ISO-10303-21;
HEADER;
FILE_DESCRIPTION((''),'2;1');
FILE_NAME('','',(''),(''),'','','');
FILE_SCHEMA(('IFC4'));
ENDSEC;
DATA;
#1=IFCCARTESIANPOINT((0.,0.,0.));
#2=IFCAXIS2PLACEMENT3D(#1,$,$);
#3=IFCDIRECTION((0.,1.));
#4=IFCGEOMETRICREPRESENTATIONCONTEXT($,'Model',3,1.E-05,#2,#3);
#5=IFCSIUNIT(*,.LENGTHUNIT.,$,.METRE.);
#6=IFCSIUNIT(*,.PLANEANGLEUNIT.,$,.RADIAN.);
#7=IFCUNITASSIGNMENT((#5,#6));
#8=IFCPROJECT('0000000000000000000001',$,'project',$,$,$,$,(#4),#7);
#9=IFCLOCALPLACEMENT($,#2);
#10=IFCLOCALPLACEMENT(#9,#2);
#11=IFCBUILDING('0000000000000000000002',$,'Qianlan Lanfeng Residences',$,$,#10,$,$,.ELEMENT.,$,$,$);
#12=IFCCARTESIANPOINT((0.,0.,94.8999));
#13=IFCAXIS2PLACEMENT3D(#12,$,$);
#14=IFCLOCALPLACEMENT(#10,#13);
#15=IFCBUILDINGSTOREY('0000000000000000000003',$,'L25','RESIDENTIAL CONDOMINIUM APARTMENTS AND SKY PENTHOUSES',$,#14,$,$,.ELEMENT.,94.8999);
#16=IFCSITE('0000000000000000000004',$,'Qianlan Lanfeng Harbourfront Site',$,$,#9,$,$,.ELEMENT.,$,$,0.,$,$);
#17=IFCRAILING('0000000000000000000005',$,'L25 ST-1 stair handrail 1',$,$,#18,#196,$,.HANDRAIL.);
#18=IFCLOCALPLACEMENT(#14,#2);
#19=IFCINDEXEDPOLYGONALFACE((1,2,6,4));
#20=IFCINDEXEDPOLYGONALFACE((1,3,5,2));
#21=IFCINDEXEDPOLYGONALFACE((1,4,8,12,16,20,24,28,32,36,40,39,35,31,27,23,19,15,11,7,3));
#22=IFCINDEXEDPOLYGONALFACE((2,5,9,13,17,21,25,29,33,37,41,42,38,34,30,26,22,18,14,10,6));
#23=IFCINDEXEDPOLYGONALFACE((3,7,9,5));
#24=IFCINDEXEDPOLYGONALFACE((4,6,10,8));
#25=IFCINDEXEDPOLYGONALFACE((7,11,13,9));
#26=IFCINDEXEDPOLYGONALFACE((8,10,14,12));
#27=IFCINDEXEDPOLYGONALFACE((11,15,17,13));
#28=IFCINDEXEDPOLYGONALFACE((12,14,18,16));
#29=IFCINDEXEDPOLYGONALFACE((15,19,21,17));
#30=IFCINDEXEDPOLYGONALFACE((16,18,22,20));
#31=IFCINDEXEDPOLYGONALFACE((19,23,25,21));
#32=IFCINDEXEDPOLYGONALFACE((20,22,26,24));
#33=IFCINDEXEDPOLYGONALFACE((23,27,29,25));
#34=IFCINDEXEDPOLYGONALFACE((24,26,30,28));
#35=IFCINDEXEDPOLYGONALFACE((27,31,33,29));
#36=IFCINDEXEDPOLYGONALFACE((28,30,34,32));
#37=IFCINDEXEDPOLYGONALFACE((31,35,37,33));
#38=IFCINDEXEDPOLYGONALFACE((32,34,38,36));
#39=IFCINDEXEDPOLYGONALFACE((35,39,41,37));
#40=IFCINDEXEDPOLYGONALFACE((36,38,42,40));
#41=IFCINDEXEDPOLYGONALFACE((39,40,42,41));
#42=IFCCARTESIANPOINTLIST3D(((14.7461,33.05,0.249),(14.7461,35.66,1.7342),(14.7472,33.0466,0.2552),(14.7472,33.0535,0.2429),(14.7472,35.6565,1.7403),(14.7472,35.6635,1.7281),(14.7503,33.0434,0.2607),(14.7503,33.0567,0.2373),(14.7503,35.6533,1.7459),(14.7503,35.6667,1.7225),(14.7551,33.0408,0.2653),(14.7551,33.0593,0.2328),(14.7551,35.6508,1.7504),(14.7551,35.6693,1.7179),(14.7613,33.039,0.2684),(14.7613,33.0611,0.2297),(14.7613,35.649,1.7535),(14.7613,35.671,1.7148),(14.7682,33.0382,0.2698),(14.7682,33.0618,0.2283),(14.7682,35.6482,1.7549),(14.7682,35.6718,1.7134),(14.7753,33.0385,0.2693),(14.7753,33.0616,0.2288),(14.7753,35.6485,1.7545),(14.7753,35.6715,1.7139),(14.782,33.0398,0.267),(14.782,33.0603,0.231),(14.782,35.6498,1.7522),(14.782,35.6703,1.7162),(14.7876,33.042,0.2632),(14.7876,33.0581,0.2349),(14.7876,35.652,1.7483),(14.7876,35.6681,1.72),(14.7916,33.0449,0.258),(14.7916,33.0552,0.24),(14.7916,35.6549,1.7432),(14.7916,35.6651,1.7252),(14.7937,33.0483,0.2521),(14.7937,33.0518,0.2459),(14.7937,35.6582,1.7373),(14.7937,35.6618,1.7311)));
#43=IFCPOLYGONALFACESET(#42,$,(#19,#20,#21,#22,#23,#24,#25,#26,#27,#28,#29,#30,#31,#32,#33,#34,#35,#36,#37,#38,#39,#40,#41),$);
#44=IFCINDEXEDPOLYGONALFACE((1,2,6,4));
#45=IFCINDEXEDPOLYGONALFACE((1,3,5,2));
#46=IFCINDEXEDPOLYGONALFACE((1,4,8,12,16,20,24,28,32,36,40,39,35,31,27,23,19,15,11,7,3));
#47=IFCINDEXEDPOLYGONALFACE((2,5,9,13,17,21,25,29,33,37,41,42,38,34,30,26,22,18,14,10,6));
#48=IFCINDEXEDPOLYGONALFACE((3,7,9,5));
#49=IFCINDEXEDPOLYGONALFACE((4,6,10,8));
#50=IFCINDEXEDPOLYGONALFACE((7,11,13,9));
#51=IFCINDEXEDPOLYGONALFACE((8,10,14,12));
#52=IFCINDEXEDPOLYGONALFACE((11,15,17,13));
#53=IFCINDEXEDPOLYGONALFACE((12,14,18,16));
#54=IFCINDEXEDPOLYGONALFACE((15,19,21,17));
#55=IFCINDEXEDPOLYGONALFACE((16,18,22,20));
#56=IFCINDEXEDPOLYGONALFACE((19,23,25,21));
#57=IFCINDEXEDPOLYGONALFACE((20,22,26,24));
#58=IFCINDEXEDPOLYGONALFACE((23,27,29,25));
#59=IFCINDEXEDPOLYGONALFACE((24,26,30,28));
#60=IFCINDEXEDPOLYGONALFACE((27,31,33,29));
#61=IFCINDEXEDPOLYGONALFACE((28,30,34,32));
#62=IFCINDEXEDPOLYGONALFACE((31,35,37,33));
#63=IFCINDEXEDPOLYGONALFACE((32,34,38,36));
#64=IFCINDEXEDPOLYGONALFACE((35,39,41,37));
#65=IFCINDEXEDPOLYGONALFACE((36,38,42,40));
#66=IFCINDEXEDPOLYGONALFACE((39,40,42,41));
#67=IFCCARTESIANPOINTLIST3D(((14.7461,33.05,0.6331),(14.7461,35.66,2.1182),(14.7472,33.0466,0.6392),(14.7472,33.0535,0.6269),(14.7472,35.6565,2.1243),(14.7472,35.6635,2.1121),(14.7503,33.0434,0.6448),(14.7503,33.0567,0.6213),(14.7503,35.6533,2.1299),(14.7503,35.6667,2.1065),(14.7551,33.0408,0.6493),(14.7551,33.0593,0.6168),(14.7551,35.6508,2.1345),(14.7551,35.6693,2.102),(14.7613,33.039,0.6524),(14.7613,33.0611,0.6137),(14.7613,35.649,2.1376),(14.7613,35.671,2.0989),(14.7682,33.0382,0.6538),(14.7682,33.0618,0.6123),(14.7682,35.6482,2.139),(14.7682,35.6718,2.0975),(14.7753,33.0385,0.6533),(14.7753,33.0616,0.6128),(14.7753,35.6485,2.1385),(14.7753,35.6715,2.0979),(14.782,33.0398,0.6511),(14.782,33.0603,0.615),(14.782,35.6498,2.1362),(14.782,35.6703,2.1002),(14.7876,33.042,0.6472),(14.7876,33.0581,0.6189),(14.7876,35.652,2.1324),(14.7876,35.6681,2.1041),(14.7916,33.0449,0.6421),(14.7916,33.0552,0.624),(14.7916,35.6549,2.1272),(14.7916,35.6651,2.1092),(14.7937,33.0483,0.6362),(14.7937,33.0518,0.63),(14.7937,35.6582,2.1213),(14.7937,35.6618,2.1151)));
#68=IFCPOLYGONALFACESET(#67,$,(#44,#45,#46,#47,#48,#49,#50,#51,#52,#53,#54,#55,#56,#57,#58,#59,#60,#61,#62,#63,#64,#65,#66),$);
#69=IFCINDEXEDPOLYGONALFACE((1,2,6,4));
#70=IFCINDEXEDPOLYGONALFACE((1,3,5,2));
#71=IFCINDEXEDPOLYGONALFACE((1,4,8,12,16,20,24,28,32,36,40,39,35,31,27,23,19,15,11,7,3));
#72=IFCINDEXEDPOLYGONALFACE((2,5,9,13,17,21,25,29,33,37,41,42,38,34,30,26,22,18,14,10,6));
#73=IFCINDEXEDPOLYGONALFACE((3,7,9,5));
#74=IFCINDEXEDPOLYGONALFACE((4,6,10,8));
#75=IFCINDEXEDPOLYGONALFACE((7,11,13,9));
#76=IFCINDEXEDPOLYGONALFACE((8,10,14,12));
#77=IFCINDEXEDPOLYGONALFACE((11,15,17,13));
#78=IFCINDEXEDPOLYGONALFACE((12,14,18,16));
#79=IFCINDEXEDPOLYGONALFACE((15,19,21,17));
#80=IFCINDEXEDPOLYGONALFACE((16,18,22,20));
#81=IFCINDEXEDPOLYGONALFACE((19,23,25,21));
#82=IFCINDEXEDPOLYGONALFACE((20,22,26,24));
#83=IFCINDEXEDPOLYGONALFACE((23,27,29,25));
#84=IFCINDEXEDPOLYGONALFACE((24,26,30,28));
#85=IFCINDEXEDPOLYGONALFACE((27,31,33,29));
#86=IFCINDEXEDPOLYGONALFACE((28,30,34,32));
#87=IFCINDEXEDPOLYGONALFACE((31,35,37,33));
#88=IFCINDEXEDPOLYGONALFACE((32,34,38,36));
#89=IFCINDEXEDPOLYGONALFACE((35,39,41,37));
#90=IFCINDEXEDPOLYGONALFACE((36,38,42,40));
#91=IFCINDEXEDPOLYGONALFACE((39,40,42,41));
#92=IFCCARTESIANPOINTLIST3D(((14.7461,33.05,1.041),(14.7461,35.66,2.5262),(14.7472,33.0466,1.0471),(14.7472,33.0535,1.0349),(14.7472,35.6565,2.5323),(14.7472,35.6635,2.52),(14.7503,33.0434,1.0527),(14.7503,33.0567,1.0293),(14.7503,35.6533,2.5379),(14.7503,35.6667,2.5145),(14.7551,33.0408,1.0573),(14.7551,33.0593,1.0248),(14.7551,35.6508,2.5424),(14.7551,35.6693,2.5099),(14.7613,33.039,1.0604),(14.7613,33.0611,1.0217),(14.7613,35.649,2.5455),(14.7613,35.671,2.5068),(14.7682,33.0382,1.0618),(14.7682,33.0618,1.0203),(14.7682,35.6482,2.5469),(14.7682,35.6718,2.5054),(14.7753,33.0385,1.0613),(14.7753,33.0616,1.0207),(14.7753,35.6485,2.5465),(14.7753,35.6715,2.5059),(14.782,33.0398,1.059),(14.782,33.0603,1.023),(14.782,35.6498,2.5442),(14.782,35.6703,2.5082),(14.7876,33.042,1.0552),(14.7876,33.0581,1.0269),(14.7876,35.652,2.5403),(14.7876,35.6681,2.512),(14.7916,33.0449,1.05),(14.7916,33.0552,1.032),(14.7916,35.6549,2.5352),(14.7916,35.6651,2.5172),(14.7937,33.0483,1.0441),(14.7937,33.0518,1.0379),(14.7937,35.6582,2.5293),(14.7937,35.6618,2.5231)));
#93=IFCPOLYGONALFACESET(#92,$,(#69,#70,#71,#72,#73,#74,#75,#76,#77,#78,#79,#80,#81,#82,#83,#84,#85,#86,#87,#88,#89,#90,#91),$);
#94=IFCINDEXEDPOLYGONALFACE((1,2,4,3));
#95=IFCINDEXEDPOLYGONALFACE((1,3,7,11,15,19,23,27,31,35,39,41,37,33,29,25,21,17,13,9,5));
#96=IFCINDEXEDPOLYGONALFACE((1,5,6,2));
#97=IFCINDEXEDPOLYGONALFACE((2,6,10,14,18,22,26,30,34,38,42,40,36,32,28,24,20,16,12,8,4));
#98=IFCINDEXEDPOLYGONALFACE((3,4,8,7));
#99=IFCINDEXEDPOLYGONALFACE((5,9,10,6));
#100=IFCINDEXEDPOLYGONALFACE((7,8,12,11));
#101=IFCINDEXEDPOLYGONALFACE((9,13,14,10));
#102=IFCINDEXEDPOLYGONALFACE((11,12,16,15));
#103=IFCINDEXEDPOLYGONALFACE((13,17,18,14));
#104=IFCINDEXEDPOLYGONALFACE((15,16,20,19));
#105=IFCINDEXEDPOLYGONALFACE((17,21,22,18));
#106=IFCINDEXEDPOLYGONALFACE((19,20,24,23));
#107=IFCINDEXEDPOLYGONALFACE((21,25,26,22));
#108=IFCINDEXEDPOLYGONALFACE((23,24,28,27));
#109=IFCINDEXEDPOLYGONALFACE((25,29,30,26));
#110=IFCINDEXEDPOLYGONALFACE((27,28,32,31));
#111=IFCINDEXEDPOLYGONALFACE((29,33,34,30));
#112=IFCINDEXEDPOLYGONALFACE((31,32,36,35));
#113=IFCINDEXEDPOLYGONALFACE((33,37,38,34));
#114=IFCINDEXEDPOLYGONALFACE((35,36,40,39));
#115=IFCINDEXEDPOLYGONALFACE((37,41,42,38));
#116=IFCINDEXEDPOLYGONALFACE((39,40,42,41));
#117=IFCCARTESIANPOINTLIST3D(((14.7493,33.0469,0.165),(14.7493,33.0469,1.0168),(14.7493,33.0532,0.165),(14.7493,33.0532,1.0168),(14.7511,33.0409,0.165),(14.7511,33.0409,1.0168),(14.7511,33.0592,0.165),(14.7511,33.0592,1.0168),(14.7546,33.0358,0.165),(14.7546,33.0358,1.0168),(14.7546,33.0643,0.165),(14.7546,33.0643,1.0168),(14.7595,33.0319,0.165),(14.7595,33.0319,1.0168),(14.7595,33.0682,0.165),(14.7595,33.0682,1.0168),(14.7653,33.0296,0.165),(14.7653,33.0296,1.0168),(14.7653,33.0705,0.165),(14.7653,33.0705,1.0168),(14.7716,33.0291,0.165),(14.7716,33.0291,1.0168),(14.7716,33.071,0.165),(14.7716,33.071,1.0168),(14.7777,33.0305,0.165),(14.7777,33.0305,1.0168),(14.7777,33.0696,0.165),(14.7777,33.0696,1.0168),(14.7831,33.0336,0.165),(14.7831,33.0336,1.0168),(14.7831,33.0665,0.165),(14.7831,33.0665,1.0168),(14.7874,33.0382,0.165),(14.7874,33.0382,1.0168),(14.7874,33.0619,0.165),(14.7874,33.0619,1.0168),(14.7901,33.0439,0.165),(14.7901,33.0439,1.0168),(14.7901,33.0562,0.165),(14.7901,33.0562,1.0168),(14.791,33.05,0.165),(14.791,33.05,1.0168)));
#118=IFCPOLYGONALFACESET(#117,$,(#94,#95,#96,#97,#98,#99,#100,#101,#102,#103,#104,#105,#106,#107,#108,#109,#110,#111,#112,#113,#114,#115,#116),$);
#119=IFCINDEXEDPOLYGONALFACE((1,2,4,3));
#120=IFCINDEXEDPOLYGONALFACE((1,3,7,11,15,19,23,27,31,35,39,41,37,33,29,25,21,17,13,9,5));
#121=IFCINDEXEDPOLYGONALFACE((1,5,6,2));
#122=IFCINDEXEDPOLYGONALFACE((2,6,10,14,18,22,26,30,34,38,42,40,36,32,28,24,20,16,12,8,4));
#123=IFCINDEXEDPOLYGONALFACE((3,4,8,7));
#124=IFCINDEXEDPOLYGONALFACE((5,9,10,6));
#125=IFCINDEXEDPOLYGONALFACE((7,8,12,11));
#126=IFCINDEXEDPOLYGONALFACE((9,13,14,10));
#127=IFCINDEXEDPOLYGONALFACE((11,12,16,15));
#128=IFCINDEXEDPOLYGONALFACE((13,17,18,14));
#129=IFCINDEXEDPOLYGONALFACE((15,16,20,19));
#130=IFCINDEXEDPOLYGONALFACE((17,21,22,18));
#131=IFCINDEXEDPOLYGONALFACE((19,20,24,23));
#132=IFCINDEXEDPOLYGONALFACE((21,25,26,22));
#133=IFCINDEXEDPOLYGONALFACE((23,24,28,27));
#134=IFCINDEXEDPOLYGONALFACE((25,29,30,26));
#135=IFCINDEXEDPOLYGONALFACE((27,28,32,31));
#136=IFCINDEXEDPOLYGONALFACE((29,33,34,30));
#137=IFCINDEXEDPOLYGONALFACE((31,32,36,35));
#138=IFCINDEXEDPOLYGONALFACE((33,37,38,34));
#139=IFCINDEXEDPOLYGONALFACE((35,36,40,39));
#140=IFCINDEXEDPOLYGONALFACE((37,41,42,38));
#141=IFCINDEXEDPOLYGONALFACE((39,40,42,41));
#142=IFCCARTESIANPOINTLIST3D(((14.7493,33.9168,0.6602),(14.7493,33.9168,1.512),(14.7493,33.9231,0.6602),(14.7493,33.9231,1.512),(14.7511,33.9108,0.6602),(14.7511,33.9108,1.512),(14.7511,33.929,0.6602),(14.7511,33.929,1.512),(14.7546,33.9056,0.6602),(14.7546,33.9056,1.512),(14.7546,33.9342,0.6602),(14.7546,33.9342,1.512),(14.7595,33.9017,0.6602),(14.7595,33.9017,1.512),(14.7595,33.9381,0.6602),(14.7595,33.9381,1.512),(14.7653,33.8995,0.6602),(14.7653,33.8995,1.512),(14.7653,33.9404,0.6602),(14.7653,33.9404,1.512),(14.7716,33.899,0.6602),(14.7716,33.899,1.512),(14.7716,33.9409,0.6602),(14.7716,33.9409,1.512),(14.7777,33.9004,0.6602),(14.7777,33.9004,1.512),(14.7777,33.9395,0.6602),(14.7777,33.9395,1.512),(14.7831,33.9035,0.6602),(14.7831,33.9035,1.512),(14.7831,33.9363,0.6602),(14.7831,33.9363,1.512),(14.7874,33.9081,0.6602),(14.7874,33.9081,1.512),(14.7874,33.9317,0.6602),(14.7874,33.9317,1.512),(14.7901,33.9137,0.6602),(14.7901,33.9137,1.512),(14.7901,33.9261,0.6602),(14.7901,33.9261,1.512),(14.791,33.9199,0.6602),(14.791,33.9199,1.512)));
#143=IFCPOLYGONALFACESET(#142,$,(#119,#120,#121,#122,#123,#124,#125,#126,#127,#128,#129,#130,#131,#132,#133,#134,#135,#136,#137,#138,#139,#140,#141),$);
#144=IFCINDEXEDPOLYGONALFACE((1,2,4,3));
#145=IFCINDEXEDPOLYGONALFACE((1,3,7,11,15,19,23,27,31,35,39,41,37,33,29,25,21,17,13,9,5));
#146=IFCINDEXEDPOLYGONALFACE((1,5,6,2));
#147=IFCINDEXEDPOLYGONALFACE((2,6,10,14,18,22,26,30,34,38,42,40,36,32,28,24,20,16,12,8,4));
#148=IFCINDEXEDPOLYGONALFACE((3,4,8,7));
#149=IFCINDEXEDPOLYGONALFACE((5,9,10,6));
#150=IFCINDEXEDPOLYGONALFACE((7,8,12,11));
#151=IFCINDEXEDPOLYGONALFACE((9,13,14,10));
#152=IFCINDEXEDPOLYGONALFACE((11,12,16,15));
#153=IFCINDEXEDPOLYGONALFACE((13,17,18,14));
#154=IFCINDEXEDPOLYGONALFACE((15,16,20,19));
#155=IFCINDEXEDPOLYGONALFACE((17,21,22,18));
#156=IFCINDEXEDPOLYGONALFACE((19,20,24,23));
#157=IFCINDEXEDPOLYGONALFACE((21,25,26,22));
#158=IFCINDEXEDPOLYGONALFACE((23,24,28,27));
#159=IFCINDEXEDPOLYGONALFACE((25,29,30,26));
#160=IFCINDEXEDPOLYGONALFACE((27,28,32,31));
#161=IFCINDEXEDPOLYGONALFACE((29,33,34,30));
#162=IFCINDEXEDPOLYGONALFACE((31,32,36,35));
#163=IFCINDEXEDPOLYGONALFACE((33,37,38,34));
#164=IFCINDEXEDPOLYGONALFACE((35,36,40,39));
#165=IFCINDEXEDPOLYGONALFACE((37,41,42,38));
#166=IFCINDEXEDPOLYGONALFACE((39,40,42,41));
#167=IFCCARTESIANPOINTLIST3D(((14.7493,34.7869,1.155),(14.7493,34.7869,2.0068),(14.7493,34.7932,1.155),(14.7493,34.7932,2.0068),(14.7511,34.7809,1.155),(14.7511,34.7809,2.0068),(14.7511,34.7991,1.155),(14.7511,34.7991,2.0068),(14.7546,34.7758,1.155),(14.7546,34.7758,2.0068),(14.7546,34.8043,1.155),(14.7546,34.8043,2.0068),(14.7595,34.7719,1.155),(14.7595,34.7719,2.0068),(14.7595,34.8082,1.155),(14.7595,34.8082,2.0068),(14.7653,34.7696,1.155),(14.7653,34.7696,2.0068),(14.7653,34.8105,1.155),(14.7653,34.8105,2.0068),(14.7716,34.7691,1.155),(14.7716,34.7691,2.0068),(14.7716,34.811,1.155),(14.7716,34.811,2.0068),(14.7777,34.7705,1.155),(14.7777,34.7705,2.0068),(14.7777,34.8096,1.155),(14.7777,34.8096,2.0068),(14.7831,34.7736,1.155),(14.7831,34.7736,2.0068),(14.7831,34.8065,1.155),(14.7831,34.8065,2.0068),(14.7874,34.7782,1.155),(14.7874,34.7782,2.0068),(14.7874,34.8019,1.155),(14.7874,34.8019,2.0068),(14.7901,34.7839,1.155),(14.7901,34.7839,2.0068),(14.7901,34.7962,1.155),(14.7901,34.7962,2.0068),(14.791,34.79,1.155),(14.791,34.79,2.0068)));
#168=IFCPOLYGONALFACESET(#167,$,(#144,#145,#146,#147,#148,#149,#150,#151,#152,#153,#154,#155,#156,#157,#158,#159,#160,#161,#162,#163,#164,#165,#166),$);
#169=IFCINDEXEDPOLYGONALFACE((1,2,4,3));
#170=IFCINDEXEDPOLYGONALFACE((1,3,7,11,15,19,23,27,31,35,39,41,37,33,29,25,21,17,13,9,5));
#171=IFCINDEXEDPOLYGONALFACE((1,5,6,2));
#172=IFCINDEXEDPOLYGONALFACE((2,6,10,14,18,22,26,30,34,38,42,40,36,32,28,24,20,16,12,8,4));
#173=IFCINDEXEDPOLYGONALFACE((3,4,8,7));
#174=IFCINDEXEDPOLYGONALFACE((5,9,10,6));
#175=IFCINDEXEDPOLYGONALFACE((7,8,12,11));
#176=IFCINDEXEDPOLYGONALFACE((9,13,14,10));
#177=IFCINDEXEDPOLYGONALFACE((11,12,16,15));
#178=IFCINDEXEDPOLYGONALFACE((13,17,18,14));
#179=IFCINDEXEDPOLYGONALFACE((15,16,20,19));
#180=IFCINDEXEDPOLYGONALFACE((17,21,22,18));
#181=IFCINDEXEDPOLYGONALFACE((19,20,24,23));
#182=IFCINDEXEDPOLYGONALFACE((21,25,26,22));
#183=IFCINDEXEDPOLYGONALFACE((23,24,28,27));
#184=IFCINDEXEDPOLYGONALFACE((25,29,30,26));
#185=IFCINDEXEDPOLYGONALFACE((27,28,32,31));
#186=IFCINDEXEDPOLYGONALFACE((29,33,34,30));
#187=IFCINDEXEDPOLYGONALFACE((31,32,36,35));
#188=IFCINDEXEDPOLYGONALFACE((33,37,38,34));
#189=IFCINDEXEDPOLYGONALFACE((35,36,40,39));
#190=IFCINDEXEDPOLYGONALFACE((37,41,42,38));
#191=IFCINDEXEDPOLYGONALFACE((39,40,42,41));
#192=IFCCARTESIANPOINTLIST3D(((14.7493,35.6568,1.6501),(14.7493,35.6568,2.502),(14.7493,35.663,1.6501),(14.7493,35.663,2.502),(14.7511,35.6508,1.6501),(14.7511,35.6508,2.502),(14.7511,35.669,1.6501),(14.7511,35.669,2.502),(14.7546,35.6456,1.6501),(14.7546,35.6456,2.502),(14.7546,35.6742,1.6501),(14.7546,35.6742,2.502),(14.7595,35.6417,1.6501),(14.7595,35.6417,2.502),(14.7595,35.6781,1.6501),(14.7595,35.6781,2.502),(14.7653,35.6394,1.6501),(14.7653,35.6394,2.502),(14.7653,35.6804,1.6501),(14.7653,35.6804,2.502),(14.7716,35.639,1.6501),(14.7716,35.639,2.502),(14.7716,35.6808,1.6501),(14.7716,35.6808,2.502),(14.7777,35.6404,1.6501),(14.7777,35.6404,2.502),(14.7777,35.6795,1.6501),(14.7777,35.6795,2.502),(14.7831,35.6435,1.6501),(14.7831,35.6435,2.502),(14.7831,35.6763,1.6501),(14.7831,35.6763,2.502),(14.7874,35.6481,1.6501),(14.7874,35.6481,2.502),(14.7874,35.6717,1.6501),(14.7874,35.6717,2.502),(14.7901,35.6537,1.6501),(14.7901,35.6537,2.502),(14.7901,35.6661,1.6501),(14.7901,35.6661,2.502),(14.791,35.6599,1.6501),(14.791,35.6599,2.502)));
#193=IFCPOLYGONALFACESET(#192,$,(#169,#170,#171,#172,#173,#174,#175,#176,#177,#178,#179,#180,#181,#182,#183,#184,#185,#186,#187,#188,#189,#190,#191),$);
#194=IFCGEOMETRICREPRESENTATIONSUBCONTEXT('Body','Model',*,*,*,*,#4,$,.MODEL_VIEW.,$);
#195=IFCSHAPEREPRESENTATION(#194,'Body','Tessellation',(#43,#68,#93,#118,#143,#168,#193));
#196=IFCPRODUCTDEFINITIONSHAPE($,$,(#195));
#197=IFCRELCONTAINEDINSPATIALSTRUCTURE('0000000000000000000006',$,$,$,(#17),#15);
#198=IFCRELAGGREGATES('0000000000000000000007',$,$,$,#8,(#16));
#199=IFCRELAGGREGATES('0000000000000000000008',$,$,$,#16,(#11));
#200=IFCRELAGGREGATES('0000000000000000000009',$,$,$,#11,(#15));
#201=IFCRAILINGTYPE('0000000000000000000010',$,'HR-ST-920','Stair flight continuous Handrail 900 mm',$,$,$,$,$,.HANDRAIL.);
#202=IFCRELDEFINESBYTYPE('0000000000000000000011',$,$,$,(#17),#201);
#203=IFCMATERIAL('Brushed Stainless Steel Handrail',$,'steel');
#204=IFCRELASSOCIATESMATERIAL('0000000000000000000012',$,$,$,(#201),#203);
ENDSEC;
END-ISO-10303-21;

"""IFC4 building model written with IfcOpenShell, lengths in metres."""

from ifc_helpers import new_model, si_unit, direction, frame, origin, origin_2d, place, context, subcontext, project, spatial, circle, extrude, material, type_object, element, save


model = new_model("IFC4")

# Units and contexts
model_context = context("Model", 3, precision=1e-05, world=origin(), true_north=direction((0.0, 1.0)))
body_context = subcontext(model_context, "Body", "Model", "MODEL_VIEW")
ifc_project = project(units=[si_unit("LENGTHUNIT", "METRE"), si_unit("PLANEANGLEUNIT", "RADIAN")], contexts=[model_context])

# Site, building, storey
site_placement = place(None, origin())
site = spatial("IfcSite", under=ifc_project, at=site_placement, Name="Qianlan Lanfeng Harbourfront Site", CompositionType="ELEMENT", RefElevation=0.0)
building_placement = place(site_placement, origin())
building = spatial("IfcBuilding", under=site, at=building_placement, Name="Qianlan Lanfeng Residences", CompositionType="ELEMENT")
storey_placement = place(building_placement, frame((0.0, 0.0, 94.8999)))
storey = spatial("IfcBuildingStorey", under=building, at=storey_placement, Name="L25", Description="RESIDENTIAL CONDOMINIUM APARTMENTS AND SKY PENTHOUSES", CompositionType="ELEMENT", Elevation=94.8999)

# Railing
ifc_material_1 = material(Name="Brushed Stainless Steel Handrail", Category="steel")
railing_type_1 = type_object("IfcRailingType", Name="HR-ST-920", Description="Stair flight continuous Handrail 900 mm", PredefinedType="HANDRAIL", material=ifc_material_1)
railing_1_placement = place(storey_placement, frame((14.77, 33.05, 0.165)))
element("IfcRailing", 1, at=railing_1_placement, inside=storey, type_object=railing_type_1, Name="L25 ST-1 stair handrail 1", PredefinedType="HANDRAIL", context=body_context, shape_type="SweptSolid", body=[
    extrude(circle(Radius=0.0239, at=origin_2d()), frame((0.0, 0.0, 0.084), z_axis=(0.0, 0.869137, 0.494571), x_axis=(-1.0, 0.0, 0.0)), (0.0, 0.0, 1.0), 3.0029),
    extrude(circle(Radius=0.0239, at=origin_2d()), frame((0.0, 0.0, 0.468), z_axis=(0.0, 0.869137, 0.494571), x_axis=(-1.0, 0.0, 0.0)), (0.0, 0.0, 1.0), 3.0029),
    extrude(circle(Radius=0.0239, at=origin_2d()), frame((0.0, 0.0, 0.876), z_axis=(0.0, 0.869137, 0.494571), x_axis=(-1.0, 0.0, 0.0)), (0.0, 0.0, 1.0), 3.0029),
    extrude(circle(Radius=0.021, at=origin_2d()), origin(), (0.0, 0.0, 1.0), 0.8518),
    extrude(circle(Radius=0.021, at=origin_2d()), frame((0.0, 0.8699, 0.4951)), (0.0, 0.0, 1.0), 0.8518),
    extrude(circle(Radius=0.021, at=origin_2d()), frame((0.0, 1.74, 0.99)), (0.0, 0.0, 1.0), 0.8518),
    extrude(circle(Radius=0.021, at=origin_2d()), frame((0.0, 2.6099, 1.4851)), (0.0, 0.0, 1.0), 0.8518),
])

save(model, "model.ifc")
